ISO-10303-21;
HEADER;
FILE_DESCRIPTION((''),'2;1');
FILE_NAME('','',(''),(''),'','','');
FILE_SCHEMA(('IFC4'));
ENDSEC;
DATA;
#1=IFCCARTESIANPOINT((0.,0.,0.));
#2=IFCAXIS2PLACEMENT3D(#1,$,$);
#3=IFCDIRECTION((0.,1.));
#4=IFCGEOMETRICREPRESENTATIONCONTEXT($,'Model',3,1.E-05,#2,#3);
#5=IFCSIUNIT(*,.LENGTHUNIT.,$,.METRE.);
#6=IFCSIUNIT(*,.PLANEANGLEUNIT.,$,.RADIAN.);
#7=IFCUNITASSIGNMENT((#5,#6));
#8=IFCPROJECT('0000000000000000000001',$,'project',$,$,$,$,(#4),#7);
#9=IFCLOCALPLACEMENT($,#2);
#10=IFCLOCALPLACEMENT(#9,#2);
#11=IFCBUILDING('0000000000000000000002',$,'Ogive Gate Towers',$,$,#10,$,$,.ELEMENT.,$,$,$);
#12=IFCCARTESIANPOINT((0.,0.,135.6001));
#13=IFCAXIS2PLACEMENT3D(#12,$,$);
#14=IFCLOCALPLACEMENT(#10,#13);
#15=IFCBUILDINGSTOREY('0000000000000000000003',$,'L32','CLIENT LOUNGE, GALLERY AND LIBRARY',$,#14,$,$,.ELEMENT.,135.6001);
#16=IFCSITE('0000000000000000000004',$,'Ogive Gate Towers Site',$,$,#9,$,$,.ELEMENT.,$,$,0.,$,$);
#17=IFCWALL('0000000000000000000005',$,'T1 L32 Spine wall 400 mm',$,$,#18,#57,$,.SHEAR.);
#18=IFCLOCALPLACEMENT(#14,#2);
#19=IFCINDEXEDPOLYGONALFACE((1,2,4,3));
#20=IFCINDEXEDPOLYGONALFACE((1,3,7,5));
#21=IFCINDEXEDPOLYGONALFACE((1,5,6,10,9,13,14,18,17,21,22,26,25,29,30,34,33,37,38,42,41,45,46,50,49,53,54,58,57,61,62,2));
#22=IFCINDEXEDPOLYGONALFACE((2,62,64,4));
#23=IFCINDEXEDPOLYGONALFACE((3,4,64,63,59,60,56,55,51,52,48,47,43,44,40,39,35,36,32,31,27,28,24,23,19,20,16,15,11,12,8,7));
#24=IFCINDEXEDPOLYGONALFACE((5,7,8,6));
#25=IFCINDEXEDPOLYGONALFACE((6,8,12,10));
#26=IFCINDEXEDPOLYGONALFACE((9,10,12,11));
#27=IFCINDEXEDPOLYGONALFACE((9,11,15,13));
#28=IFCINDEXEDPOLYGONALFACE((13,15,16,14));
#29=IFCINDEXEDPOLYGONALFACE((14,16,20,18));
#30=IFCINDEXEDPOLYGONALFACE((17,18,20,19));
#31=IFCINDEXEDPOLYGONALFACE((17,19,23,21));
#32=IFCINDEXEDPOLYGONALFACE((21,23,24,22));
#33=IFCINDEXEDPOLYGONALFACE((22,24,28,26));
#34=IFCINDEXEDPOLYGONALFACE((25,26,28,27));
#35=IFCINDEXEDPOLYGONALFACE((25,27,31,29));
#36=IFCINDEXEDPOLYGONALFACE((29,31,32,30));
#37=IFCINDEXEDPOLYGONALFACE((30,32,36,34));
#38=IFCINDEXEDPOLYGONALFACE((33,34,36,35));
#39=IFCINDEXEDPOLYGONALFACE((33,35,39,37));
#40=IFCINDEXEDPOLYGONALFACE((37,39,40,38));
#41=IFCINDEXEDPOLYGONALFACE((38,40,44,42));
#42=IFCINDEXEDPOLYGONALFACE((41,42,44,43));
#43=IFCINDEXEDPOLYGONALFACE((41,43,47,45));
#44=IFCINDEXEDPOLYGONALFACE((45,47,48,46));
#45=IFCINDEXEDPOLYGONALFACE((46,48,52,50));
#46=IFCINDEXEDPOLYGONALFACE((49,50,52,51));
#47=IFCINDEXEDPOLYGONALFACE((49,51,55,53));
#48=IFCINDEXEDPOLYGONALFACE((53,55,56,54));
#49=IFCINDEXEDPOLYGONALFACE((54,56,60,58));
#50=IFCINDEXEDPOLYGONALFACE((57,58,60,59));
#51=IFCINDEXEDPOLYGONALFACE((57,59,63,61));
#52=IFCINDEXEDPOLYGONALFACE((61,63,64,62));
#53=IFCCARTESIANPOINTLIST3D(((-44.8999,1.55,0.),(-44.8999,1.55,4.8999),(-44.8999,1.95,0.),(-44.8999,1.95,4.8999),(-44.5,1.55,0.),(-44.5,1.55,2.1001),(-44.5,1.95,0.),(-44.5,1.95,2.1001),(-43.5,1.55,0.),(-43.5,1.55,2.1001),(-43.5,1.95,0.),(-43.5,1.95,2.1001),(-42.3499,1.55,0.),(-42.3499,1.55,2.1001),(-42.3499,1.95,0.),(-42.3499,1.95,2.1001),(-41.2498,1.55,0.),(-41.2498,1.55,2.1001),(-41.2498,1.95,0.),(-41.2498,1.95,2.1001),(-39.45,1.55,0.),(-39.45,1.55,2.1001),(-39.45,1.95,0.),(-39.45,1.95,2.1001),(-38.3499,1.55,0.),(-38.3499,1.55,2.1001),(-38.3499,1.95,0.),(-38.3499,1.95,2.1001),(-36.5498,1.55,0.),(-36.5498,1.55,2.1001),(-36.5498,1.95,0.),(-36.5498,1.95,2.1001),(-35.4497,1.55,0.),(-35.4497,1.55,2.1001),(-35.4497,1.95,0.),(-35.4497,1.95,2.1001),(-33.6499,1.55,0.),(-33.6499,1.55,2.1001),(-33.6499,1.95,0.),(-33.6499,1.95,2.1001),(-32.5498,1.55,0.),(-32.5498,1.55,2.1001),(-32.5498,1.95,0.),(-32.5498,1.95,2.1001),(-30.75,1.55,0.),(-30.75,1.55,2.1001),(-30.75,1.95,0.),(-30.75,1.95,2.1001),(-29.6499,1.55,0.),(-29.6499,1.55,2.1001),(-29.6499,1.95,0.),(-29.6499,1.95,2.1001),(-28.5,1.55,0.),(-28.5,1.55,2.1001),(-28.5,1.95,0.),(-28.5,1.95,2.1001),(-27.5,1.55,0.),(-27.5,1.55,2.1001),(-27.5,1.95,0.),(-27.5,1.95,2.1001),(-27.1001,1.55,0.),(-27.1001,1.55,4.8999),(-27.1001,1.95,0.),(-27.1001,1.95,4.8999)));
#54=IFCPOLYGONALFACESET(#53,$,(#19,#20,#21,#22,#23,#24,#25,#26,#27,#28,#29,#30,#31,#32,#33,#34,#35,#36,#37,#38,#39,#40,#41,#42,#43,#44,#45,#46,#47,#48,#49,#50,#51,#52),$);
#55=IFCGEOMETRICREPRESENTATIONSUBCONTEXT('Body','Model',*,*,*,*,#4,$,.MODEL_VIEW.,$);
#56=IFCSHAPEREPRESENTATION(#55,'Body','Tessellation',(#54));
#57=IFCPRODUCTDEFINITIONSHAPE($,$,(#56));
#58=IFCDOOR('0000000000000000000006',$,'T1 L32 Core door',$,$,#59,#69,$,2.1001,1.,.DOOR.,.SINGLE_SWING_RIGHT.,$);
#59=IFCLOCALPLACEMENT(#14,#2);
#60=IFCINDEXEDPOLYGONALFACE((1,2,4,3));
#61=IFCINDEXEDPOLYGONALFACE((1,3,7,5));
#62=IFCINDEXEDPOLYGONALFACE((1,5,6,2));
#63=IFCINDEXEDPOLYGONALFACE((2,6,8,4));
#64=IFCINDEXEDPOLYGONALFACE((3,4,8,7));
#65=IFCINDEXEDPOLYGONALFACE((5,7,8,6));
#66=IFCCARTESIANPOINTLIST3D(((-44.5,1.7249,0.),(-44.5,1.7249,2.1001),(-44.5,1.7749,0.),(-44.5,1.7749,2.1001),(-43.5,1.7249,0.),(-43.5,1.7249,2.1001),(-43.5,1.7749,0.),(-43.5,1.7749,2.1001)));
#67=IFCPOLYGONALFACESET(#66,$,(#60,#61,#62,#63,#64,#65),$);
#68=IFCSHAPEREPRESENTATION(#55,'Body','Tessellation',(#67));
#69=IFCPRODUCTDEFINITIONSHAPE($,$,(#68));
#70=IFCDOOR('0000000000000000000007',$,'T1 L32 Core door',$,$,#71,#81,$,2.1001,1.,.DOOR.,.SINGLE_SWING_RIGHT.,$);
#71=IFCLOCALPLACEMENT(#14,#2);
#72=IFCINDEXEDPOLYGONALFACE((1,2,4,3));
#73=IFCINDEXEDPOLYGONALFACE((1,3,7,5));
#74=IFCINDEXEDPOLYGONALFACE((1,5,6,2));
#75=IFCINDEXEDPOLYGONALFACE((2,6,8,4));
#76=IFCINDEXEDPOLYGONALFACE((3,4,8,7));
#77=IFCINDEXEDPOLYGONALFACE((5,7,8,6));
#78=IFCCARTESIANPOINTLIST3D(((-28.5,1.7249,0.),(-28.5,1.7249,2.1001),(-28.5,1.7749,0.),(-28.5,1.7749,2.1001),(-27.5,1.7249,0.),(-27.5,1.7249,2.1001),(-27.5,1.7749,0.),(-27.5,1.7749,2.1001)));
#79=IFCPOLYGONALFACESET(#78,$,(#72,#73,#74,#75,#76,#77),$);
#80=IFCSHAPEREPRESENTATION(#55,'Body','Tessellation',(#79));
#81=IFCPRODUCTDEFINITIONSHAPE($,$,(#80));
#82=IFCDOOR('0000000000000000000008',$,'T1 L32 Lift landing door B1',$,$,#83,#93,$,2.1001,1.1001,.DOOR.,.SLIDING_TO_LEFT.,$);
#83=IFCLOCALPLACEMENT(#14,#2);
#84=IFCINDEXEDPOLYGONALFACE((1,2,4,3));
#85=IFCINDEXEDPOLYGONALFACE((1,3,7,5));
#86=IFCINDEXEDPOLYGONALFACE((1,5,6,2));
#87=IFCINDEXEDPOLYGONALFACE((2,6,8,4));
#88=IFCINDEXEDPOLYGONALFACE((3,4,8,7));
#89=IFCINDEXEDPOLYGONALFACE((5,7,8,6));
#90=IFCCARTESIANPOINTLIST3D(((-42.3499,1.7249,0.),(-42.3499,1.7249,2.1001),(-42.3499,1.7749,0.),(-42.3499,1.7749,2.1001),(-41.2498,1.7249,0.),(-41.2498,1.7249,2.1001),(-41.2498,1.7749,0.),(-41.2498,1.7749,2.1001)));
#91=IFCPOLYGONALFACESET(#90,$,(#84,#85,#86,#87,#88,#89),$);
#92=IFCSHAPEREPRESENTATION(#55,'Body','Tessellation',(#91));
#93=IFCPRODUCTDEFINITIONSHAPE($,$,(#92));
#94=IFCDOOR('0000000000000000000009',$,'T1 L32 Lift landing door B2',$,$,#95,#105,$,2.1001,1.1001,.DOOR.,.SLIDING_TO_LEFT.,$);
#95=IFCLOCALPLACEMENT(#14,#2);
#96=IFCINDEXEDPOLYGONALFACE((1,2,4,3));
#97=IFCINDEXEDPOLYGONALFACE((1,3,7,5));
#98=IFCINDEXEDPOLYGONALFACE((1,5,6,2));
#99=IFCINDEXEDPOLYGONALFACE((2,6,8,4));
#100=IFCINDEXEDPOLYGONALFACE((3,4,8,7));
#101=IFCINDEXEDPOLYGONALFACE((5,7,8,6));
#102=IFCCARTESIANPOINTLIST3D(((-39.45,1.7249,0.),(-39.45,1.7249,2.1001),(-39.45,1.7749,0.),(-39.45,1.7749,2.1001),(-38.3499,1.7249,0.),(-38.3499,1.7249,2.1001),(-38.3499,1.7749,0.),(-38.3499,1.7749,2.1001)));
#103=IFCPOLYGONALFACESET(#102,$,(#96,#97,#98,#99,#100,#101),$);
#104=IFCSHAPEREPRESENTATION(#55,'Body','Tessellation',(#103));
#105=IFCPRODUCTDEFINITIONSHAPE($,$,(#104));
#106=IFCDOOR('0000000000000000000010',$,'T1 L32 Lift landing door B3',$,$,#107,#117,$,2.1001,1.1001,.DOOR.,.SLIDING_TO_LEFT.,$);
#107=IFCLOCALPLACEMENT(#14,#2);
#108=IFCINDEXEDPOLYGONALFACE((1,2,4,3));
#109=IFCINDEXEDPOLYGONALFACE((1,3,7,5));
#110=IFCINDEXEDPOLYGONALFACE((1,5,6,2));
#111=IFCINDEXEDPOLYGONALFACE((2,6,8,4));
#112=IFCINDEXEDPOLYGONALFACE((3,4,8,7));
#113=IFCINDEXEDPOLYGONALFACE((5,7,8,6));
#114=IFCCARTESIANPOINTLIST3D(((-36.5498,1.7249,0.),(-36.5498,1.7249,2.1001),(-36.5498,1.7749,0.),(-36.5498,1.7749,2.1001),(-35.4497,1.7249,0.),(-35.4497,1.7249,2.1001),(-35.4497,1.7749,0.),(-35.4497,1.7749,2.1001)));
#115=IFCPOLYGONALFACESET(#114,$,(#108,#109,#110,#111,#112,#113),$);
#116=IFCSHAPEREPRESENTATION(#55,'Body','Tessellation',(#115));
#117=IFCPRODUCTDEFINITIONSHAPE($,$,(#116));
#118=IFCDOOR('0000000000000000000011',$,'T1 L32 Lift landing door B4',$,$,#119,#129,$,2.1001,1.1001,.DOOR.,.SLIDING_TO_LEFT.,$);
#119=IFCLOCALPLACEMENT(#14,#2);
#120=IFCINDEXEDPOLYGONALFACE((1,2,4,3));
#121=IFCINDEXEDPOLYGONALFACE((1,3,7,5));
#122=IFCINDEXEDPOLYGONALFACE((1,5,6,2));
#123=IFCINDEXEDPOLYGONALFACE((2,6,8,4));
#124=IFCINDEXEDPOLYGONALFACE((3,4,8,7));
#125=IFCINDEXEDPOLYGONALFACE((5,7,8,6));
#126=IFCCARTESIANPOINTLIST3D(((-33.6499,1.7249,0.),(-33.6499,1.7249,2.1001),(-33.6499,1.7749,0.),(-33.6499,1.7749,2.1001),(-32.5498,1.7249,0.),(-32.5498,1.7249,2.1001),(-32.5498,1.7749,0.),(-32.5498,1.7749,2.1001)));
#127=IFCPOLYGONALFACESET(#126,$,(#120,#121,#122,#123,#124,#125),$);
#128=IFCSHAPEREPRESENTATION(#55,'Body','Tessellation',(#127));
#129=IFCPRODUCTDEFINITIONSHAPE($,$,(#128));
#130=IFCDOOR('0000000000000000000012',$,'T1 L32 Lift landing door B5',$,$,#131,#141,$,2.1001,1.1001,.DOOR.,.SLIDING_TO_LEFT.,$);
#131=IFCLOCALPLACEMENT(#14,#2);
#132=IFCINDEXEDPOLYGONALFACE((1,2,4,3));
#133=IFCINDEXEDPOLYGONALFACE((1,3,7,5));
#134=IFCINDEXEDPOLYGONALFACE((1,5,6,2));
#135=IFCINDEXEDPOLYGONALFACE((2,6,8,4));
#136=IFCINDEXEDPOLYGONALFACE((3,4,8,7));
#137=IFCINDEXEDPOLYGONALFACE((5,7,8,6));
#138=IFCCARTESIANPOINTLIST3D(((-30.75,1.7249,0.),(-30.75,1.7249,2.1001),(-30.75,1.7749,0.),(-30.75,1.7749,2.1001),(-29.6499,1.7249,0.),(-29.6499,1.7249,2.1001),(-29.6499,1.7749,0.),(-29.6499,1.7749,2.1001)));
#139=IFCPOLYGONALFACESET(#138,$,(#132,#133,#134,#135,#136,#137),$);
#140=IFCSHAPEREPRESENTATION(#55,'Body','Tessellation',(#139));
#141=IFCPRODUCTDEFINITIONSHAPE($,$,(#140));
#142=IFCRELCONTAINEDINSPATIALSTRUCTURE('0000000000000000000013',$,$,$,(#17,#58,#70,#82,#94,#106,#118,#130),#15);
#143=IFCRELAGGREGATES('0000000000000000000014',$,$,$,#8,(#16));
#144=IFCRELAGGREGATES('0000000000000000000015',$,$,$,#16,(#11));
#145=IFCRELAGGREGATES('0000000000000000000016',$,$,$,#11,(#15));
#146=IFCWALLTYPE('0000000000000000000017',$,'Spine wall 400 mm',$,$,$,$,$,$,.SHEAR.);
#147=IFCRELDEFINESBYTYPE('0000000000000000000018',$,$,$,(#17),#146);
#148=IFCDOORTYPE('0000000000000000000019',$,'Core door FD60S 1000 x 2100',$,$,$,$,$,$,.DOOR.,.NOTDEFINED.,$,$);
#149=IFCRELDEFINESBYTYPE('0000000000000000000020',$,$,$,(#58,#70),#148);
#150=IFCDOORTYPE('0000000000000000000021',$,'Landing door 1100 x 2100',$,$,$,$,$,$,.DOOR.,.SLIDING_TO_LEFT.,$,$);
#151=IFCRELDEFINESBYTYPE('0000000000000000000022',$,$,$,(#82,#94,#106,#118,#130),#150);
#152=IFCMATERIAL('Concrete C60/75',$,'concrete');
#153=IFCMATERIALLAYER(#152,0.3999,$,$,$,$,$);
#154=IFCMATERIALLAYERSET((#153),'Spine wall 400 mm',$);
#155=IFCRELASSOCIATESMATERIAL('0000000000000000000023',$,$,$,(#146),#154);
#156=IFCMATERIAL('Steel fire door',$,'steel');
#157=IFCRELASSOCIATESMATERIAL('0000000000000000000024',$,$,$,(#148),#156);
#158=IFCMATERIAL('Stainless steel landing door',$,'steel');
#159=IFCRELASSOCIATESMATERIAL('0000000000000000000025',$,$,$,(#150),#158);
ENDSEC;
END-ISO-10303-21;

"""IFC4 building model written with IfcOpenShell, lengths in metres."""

from ifc_helpers import new_model, si_unit, direction, frame, frame_2d, origin, place, context, subcontext, project, spatial, rectangle, extrude, material, layer, layer_set, type_object, element, fill, save


model = new_model("IFC4")

# Units and contexts
model_context = context("Model", 3, precision=1e-05, world=origin(), true_north=direction((0.0, 1.0)))
body_context = subcontext(model_context, "Body", "Model", "MODEL_VIEW")
ifc_project = project(units=[si_unit("LENGTHUNIT", "METRE"), si_unit("PLANEANGLEUNIT", "RADIAN")], contexts=[model_context])

# Site, building, storey
site_placement = place(None, origin())
site = spatial("IfcSite", under=ifc_project, at=site_placement, Name="Ogive Gate Towers Site", CompositionType="ELEMENT", RefElevation=0.0)
building_placement = place(site_placement, origin())
building = spatial("IfcBuilding", under=site, at=building_placement, Name="Ogive Gate Towers", CompositionType="ELEMENT")
storey_placement = place(building_placement, frame((0.0, 0.0, 135.6001)))
storey = spatial("IfcBuildingStorey", under=building, at=storey_placement, Name="L32", Description="CLIENT LOUNGE, GALLERY AND LIBRARY", CompositionType="ELEMENT", Elevation=135.6001)

# Shared definitions
ifc_material_1 = material(Name="Concrete C60/75", Category="concrete")

# Wall, openings, doors
ifc_layer_1 = layer(ifc_material_1, 0.3999)
ifc_layer_set_1 = layer_set([ifc_layer_1], Name="Spine wall 400 mm")
wall_type_1 = type_object("IfcWallType", Name="Spine wall 400 mm", PredefinedType="SHEAR", material=ifc_layer_set_1)
wall_1_placement = place(storey_placement, frame((-44.8999, 1.75, 0.0), z_axis=(0.0, 0.0, 1.0), x_axis=(1.0, 0.0, 0.0)))
wall_1 = element("IfcWall", 1, at=wall_1_placement, inside=storey, type_object=wall_type_1, Name="T1 L32 Spine wall 400 mm", PredefinedType="SHEAR", context=body_context, shape_type="SweptSolid", body=[
    extrude(rectangle(XDim=17.7998, YDim=0.3999, at=frame_2d((8.8999, 0.0))), origin(), (0.0, 0.0, 1.0), 4.8999),
])
opening_1_placement = place(wall_1_placement, frame((0.3999, 0.0, 0.0)))
opening_1 = element("IfcOpeningElement", 2, at=opening_1_placement, cuts=wall_1, PredefinedType="OPENING", context=body_context, shape_type="SweptSolid", body=[
    extrude(rectangle(XDim=1.0, YDim=2.1001, at=frame_2d((0.5, 1.05))), frame((0.0, 0.21, 0.0), z_axis=(0.0, -1.0, 0.0), x_axis=(1.0, 0.0, 0.0)), (0.0, 0.0, 1.0), 0.4199),
])
opening_2_placement = place(wall_1_placement, frame((2.55, 0.0, 0.0)))
opening_2 = element("IfcOpeningElement", 3, at=opening_2_placement, cuts=wall_1, PredefinedType="OPENING", context=body_context, shape_type="SweptSolid", body=[
    extrude(rectangle(XDim=1.1001, YDim=2.1001, at=frame_2d((0.55, 1.05))), frame((0.0, 0.21, 0.0), z_axis=(0.0, -1.0, 0.0), x_axis=(1.0, 0.0, 0.0)), (0.0, 0.0, 1.0), 0.4199),
])
opening_3_placement = place(wall_1_placement, frame((5.45, 0.0, 0.0)))
opening_3 = element("IfcOpeningElement", 4, at=opening_3_placement, cuts=wall_1, PredefinedType="OPENING", context=body_context, shape_type="SweptSolid", body=[
    extrude(rectangle(XDim=1.1001, YDim=2.1001, at=frame_2d((0.55, 1.05))), frame((0.0, 0.21, 0.0), z_axis=(0.0, -1.0, 0.0), x_axis=(1.0, 0.0, 0.0)), (0.0, 0.0, 1.0), 0.4199),
])
opening_4_placement = place(wall_1_placement, frame((8.3501, 0.0, 0.0)))
opening_4 = element("IfcOpeningElement", 5, at=opening_4_placement, cuts=wall_1, PredefinedType="OPENING", context=body_context, shape_type="SweptSolid", body=[
    extrude(rectangle(XDim=1.1001, YDim=2.1001, at=frame_2d((0.55, 1.05))), frame((0.0, 0.21, 0.0), z_axis=(0.0, -1.0, 0.0), x_axis=(1.0, 0.0, 0.0)), (0.0, 0.0, 1.0), 0.4199),
])
opening_5_placement = place(wall_1_placement, frame((11.25, 0.0, 0.0)))
opening_5 = element("IfcOpeningElement", 6, at=opening_5_placement, cuts=wall_1, PredefinedType="OPENING", context=body_context, shape_type="SweptSolid", body=[
    extrude(rectangle(XDim=1.1001, YDim=2.1001, at=frame_2d((0.55, 1.05))), frame((0.0, 0.21, 0.0), z_axis=(0.0, -1.0, 0.0), x_axis=(1.0, 0.0, 0.0)), (0.0, 0.0, 1.0), 0.4199),
])
opening_6_placement = place(wall_1_placement, frame((14.1499, 0.0, 0.0)))
opening_6 = element("IfcOpeningElement", 7, at=opening_6_placement, cuts=wall_1, PredefinedType="OPENING", context=body_context, shape_type="SweptSolid", body=[
    extrude(rectangle(XDim=1.1001, YDim=2.1001, at=frame_2d((0.55, 1.05))), frame((0.0, 0.21, 0.0), z_axis=(0.0, -1.0, 0.0), x_axis=(1.0, 0.0, 0.0)), (0.0, 0.0, 1.0), 0.4199),
])
opening_7_placement = place(wall_1_placement, frame((16.3999, 0.0, 0.0)))
opening_7 = element("IfcOpeningElement", 8, at=opening_7_placement, cuts=wall_1, PredefinedType="OPENING", context=body_context, shape_type="SweptSolid", body=[
    extrude(rectangle(XDim=1.0, YDim=2.1001, at=frame_2d((0.5, 1.05))), frame((0.0, 0.21, 0.0), z_axis=(0.0, -1.0, 0.0), x_axis=(1.0, 0.0, 0.0)), (0.0, 0.0, 1.0), 0.4199),
])
ifc_material_2 = material(Name="Steel fire door", Category="steel")
door_type_1 = type_object("IfcDoorType", Name="Core door FD60S 1000 x 2100", OperationType="NOTDEFINED", PredefinedType="DOOR", material=ifc_material_2)
door_1_placement = place(opening_1_placement, origin())
door_1 = element("IfcDoor", 9, at=door_1_placement, inside=storey, type_object=door_type_1, Name="T1 L32 Core door", OperationType="SINGLE_SWING_RIGHT", OverallHeight=2.1001, OverallWidth=1.0, PredefinedType="DOOR", context=body_context, shape_type="SweptSolid", body=[
    extrude(rectangle(XDim=1.0, YDim=2.1001, at=frame_2d((0.5, 1.05))), frame((0.0, 0.0249, 0.0), z_axis=(0.0, -1.0, 0.0), x_axis=(1.0, 0.0, 0.0)), (0.0, 0.0, 1.0), 0.05),
])
fill(opening_1, door_1)
door_2_placement = place(opening_7_placement, origin())
door_2 = element("IfcDoor", 10, at=door_2_placement, inside=storey, type_object=door_type_1, Name="T1 L32 Core door", OperationType="SINGLE_SWING_RIGHT", OverallHeight=2.1001, OverallWidth=1.0, PredefinedType="DOOR", context=body_context, shape_type="SweptSolid", body=[
    extrude(rectangle(XDim=1.0, YDim=2.1001, at=frame_2d((0.5, 1.05))), frame((0.0, 0.0249, 0.0), z_axis=(0.0, -1.0, 0.0), x_axis=(1.0, 0.0, 0.0)), (0.0, 0.0, 1.0), 0.05),
])
fill(opening_7, door_2)
ifc_material_3 = material(Name="Stainless steel landing door", Category="steel")
door_type_2 = type_object("IfcDoorType", Name="Landing door 1100 x 2100", OperationType="SLIDING_TO_LEFT", PredefinedType="DOOR", material=ifc_material_3)
door_3_placement = place(opening_2_placement, origin())
door_3 = element("IfcDoor", 11, at=door_3_placement, inside=storey, type_object=door_type_2, Name="T1 L32 Lift landing door B1", OperationType="SLIDING_TO_LEFT", OverallHeight=2.1001, OverallWidth=1.1001, PredefinedType="DOOR", context=body_context, shape_type="SweptSolid", body=[
    extrude(rectangle(XDim=1.1001, YDim=2.1001, at=frame_2d((0.55, 1.05))), frame((0.0, 0.0249, 0.0), z_axis=(0.0, -1.0, 0.0), x_axis=(1.0, 0.0, 0.0)), (0.0, 0.0, 1.0), 0.05),
])
fill(opening_2, door_3)
door_4_placement = place(opening_3_placement, origin())
door_4 = element("IfcDoor", 12, at=door_4_placement, inside=storey, type_object=door_type_2, Name="T1 L32 Lift landing door B2", OperationType="SLIDING_TO_LEFT", OverallHeight=2.1001, OverallWidth=1.1001, PredefinedType="DOOR", context=body_context, shape_type="SweptSolid", body=[
    extrude(rectangle(XDim=1.1001, YDim=2.1001, at=frame_2d((0.55, 1.05))), frame((0.0, 0.0249, 0.0), z_axis=(0.0, -1.0, 0.0), x_axis=(1.0, 0.0, 0.0)), (0.0, 0.0, 1.0), 0.05),
])
fill(opening_3, door_4)
door_5_placement = place(opening_4_placement, origin())
door_5 = element("IfcDoor", 13, at=door_5_placement, inside=storey, type_object=door_type_2, Name="T1 L32 Lift landing door B3", OperationType="SLIDING_TO_LEFT", OverallHeight=2.1001, OverallWidth=1.1001, PredefinedType="DOOR", context=body_context, shape_type="SweptSolid", body=[
    extrude(rectangle(XDim=1.1001, YDim=2.1001, at=frame_2d((0.55, 1.05))), frame((0.0, 0.0249, 0.0), z_axis=(0.0, -1.0, 0.0), x_axis=(1.0, 0.0, 0.0)), (0.0, 0.0, 1.0), 0.05),
])
fill(opening_4, door_5)
door_6_placement = place(opening_5_placement, origin())
door_6 = element("IfcDoor", 14, at=door_6_placement, inside=storey, type_object=door_type_2, Name="T1 L32 Lift landing door B4", OperationType="SLIDING_TO_LEFT", OverallHeight=2.1001, OverallWidth=1.1001, PredefinedType="DOOR", context=body_context, shape_type="SweptSolid", body=[
    extrude(rectangle(XDim=1.1001, YDim=2.1001, at=frame_2d((0.55, 1.05))), frame((0.0, 0.0249, 0.0), z_axis=(0.0, -1.0, 0.0), x_axis=(1.0, 0.0, 0.0)), (0.0, 0.0, 1.0), 0.05),
])
fill(opening_5, door_6)
door_7_placement = place(opening_6_placement, origin())
door_7 = element("IfcDoor", 15, at=door_7_placement, inside=storey, type_object=door_type_2, Name="T1 L32 Lift landing door B5", OperationType="SLIDING_TO_LEFT", OverallHeight=2.1001, OverallWidth=1.1001, PredefinedType="DOOR", context=body_context, shape_type="SweptSolid", body=[
    extrude(rectangle(XDim=1.1001, YDim=2.1001, at=frame_2d((0.55, 1.05))), frame((0.0, 0.0249, 0.0), z_axis=(0.0, -1.0, 0.0), x_axis=(1.0, 0.0, 0.0)), (0.0, 0.0, 1.0), 0.05),
])
fill(opening_6, door_7)

save(model, "model.ifc")
